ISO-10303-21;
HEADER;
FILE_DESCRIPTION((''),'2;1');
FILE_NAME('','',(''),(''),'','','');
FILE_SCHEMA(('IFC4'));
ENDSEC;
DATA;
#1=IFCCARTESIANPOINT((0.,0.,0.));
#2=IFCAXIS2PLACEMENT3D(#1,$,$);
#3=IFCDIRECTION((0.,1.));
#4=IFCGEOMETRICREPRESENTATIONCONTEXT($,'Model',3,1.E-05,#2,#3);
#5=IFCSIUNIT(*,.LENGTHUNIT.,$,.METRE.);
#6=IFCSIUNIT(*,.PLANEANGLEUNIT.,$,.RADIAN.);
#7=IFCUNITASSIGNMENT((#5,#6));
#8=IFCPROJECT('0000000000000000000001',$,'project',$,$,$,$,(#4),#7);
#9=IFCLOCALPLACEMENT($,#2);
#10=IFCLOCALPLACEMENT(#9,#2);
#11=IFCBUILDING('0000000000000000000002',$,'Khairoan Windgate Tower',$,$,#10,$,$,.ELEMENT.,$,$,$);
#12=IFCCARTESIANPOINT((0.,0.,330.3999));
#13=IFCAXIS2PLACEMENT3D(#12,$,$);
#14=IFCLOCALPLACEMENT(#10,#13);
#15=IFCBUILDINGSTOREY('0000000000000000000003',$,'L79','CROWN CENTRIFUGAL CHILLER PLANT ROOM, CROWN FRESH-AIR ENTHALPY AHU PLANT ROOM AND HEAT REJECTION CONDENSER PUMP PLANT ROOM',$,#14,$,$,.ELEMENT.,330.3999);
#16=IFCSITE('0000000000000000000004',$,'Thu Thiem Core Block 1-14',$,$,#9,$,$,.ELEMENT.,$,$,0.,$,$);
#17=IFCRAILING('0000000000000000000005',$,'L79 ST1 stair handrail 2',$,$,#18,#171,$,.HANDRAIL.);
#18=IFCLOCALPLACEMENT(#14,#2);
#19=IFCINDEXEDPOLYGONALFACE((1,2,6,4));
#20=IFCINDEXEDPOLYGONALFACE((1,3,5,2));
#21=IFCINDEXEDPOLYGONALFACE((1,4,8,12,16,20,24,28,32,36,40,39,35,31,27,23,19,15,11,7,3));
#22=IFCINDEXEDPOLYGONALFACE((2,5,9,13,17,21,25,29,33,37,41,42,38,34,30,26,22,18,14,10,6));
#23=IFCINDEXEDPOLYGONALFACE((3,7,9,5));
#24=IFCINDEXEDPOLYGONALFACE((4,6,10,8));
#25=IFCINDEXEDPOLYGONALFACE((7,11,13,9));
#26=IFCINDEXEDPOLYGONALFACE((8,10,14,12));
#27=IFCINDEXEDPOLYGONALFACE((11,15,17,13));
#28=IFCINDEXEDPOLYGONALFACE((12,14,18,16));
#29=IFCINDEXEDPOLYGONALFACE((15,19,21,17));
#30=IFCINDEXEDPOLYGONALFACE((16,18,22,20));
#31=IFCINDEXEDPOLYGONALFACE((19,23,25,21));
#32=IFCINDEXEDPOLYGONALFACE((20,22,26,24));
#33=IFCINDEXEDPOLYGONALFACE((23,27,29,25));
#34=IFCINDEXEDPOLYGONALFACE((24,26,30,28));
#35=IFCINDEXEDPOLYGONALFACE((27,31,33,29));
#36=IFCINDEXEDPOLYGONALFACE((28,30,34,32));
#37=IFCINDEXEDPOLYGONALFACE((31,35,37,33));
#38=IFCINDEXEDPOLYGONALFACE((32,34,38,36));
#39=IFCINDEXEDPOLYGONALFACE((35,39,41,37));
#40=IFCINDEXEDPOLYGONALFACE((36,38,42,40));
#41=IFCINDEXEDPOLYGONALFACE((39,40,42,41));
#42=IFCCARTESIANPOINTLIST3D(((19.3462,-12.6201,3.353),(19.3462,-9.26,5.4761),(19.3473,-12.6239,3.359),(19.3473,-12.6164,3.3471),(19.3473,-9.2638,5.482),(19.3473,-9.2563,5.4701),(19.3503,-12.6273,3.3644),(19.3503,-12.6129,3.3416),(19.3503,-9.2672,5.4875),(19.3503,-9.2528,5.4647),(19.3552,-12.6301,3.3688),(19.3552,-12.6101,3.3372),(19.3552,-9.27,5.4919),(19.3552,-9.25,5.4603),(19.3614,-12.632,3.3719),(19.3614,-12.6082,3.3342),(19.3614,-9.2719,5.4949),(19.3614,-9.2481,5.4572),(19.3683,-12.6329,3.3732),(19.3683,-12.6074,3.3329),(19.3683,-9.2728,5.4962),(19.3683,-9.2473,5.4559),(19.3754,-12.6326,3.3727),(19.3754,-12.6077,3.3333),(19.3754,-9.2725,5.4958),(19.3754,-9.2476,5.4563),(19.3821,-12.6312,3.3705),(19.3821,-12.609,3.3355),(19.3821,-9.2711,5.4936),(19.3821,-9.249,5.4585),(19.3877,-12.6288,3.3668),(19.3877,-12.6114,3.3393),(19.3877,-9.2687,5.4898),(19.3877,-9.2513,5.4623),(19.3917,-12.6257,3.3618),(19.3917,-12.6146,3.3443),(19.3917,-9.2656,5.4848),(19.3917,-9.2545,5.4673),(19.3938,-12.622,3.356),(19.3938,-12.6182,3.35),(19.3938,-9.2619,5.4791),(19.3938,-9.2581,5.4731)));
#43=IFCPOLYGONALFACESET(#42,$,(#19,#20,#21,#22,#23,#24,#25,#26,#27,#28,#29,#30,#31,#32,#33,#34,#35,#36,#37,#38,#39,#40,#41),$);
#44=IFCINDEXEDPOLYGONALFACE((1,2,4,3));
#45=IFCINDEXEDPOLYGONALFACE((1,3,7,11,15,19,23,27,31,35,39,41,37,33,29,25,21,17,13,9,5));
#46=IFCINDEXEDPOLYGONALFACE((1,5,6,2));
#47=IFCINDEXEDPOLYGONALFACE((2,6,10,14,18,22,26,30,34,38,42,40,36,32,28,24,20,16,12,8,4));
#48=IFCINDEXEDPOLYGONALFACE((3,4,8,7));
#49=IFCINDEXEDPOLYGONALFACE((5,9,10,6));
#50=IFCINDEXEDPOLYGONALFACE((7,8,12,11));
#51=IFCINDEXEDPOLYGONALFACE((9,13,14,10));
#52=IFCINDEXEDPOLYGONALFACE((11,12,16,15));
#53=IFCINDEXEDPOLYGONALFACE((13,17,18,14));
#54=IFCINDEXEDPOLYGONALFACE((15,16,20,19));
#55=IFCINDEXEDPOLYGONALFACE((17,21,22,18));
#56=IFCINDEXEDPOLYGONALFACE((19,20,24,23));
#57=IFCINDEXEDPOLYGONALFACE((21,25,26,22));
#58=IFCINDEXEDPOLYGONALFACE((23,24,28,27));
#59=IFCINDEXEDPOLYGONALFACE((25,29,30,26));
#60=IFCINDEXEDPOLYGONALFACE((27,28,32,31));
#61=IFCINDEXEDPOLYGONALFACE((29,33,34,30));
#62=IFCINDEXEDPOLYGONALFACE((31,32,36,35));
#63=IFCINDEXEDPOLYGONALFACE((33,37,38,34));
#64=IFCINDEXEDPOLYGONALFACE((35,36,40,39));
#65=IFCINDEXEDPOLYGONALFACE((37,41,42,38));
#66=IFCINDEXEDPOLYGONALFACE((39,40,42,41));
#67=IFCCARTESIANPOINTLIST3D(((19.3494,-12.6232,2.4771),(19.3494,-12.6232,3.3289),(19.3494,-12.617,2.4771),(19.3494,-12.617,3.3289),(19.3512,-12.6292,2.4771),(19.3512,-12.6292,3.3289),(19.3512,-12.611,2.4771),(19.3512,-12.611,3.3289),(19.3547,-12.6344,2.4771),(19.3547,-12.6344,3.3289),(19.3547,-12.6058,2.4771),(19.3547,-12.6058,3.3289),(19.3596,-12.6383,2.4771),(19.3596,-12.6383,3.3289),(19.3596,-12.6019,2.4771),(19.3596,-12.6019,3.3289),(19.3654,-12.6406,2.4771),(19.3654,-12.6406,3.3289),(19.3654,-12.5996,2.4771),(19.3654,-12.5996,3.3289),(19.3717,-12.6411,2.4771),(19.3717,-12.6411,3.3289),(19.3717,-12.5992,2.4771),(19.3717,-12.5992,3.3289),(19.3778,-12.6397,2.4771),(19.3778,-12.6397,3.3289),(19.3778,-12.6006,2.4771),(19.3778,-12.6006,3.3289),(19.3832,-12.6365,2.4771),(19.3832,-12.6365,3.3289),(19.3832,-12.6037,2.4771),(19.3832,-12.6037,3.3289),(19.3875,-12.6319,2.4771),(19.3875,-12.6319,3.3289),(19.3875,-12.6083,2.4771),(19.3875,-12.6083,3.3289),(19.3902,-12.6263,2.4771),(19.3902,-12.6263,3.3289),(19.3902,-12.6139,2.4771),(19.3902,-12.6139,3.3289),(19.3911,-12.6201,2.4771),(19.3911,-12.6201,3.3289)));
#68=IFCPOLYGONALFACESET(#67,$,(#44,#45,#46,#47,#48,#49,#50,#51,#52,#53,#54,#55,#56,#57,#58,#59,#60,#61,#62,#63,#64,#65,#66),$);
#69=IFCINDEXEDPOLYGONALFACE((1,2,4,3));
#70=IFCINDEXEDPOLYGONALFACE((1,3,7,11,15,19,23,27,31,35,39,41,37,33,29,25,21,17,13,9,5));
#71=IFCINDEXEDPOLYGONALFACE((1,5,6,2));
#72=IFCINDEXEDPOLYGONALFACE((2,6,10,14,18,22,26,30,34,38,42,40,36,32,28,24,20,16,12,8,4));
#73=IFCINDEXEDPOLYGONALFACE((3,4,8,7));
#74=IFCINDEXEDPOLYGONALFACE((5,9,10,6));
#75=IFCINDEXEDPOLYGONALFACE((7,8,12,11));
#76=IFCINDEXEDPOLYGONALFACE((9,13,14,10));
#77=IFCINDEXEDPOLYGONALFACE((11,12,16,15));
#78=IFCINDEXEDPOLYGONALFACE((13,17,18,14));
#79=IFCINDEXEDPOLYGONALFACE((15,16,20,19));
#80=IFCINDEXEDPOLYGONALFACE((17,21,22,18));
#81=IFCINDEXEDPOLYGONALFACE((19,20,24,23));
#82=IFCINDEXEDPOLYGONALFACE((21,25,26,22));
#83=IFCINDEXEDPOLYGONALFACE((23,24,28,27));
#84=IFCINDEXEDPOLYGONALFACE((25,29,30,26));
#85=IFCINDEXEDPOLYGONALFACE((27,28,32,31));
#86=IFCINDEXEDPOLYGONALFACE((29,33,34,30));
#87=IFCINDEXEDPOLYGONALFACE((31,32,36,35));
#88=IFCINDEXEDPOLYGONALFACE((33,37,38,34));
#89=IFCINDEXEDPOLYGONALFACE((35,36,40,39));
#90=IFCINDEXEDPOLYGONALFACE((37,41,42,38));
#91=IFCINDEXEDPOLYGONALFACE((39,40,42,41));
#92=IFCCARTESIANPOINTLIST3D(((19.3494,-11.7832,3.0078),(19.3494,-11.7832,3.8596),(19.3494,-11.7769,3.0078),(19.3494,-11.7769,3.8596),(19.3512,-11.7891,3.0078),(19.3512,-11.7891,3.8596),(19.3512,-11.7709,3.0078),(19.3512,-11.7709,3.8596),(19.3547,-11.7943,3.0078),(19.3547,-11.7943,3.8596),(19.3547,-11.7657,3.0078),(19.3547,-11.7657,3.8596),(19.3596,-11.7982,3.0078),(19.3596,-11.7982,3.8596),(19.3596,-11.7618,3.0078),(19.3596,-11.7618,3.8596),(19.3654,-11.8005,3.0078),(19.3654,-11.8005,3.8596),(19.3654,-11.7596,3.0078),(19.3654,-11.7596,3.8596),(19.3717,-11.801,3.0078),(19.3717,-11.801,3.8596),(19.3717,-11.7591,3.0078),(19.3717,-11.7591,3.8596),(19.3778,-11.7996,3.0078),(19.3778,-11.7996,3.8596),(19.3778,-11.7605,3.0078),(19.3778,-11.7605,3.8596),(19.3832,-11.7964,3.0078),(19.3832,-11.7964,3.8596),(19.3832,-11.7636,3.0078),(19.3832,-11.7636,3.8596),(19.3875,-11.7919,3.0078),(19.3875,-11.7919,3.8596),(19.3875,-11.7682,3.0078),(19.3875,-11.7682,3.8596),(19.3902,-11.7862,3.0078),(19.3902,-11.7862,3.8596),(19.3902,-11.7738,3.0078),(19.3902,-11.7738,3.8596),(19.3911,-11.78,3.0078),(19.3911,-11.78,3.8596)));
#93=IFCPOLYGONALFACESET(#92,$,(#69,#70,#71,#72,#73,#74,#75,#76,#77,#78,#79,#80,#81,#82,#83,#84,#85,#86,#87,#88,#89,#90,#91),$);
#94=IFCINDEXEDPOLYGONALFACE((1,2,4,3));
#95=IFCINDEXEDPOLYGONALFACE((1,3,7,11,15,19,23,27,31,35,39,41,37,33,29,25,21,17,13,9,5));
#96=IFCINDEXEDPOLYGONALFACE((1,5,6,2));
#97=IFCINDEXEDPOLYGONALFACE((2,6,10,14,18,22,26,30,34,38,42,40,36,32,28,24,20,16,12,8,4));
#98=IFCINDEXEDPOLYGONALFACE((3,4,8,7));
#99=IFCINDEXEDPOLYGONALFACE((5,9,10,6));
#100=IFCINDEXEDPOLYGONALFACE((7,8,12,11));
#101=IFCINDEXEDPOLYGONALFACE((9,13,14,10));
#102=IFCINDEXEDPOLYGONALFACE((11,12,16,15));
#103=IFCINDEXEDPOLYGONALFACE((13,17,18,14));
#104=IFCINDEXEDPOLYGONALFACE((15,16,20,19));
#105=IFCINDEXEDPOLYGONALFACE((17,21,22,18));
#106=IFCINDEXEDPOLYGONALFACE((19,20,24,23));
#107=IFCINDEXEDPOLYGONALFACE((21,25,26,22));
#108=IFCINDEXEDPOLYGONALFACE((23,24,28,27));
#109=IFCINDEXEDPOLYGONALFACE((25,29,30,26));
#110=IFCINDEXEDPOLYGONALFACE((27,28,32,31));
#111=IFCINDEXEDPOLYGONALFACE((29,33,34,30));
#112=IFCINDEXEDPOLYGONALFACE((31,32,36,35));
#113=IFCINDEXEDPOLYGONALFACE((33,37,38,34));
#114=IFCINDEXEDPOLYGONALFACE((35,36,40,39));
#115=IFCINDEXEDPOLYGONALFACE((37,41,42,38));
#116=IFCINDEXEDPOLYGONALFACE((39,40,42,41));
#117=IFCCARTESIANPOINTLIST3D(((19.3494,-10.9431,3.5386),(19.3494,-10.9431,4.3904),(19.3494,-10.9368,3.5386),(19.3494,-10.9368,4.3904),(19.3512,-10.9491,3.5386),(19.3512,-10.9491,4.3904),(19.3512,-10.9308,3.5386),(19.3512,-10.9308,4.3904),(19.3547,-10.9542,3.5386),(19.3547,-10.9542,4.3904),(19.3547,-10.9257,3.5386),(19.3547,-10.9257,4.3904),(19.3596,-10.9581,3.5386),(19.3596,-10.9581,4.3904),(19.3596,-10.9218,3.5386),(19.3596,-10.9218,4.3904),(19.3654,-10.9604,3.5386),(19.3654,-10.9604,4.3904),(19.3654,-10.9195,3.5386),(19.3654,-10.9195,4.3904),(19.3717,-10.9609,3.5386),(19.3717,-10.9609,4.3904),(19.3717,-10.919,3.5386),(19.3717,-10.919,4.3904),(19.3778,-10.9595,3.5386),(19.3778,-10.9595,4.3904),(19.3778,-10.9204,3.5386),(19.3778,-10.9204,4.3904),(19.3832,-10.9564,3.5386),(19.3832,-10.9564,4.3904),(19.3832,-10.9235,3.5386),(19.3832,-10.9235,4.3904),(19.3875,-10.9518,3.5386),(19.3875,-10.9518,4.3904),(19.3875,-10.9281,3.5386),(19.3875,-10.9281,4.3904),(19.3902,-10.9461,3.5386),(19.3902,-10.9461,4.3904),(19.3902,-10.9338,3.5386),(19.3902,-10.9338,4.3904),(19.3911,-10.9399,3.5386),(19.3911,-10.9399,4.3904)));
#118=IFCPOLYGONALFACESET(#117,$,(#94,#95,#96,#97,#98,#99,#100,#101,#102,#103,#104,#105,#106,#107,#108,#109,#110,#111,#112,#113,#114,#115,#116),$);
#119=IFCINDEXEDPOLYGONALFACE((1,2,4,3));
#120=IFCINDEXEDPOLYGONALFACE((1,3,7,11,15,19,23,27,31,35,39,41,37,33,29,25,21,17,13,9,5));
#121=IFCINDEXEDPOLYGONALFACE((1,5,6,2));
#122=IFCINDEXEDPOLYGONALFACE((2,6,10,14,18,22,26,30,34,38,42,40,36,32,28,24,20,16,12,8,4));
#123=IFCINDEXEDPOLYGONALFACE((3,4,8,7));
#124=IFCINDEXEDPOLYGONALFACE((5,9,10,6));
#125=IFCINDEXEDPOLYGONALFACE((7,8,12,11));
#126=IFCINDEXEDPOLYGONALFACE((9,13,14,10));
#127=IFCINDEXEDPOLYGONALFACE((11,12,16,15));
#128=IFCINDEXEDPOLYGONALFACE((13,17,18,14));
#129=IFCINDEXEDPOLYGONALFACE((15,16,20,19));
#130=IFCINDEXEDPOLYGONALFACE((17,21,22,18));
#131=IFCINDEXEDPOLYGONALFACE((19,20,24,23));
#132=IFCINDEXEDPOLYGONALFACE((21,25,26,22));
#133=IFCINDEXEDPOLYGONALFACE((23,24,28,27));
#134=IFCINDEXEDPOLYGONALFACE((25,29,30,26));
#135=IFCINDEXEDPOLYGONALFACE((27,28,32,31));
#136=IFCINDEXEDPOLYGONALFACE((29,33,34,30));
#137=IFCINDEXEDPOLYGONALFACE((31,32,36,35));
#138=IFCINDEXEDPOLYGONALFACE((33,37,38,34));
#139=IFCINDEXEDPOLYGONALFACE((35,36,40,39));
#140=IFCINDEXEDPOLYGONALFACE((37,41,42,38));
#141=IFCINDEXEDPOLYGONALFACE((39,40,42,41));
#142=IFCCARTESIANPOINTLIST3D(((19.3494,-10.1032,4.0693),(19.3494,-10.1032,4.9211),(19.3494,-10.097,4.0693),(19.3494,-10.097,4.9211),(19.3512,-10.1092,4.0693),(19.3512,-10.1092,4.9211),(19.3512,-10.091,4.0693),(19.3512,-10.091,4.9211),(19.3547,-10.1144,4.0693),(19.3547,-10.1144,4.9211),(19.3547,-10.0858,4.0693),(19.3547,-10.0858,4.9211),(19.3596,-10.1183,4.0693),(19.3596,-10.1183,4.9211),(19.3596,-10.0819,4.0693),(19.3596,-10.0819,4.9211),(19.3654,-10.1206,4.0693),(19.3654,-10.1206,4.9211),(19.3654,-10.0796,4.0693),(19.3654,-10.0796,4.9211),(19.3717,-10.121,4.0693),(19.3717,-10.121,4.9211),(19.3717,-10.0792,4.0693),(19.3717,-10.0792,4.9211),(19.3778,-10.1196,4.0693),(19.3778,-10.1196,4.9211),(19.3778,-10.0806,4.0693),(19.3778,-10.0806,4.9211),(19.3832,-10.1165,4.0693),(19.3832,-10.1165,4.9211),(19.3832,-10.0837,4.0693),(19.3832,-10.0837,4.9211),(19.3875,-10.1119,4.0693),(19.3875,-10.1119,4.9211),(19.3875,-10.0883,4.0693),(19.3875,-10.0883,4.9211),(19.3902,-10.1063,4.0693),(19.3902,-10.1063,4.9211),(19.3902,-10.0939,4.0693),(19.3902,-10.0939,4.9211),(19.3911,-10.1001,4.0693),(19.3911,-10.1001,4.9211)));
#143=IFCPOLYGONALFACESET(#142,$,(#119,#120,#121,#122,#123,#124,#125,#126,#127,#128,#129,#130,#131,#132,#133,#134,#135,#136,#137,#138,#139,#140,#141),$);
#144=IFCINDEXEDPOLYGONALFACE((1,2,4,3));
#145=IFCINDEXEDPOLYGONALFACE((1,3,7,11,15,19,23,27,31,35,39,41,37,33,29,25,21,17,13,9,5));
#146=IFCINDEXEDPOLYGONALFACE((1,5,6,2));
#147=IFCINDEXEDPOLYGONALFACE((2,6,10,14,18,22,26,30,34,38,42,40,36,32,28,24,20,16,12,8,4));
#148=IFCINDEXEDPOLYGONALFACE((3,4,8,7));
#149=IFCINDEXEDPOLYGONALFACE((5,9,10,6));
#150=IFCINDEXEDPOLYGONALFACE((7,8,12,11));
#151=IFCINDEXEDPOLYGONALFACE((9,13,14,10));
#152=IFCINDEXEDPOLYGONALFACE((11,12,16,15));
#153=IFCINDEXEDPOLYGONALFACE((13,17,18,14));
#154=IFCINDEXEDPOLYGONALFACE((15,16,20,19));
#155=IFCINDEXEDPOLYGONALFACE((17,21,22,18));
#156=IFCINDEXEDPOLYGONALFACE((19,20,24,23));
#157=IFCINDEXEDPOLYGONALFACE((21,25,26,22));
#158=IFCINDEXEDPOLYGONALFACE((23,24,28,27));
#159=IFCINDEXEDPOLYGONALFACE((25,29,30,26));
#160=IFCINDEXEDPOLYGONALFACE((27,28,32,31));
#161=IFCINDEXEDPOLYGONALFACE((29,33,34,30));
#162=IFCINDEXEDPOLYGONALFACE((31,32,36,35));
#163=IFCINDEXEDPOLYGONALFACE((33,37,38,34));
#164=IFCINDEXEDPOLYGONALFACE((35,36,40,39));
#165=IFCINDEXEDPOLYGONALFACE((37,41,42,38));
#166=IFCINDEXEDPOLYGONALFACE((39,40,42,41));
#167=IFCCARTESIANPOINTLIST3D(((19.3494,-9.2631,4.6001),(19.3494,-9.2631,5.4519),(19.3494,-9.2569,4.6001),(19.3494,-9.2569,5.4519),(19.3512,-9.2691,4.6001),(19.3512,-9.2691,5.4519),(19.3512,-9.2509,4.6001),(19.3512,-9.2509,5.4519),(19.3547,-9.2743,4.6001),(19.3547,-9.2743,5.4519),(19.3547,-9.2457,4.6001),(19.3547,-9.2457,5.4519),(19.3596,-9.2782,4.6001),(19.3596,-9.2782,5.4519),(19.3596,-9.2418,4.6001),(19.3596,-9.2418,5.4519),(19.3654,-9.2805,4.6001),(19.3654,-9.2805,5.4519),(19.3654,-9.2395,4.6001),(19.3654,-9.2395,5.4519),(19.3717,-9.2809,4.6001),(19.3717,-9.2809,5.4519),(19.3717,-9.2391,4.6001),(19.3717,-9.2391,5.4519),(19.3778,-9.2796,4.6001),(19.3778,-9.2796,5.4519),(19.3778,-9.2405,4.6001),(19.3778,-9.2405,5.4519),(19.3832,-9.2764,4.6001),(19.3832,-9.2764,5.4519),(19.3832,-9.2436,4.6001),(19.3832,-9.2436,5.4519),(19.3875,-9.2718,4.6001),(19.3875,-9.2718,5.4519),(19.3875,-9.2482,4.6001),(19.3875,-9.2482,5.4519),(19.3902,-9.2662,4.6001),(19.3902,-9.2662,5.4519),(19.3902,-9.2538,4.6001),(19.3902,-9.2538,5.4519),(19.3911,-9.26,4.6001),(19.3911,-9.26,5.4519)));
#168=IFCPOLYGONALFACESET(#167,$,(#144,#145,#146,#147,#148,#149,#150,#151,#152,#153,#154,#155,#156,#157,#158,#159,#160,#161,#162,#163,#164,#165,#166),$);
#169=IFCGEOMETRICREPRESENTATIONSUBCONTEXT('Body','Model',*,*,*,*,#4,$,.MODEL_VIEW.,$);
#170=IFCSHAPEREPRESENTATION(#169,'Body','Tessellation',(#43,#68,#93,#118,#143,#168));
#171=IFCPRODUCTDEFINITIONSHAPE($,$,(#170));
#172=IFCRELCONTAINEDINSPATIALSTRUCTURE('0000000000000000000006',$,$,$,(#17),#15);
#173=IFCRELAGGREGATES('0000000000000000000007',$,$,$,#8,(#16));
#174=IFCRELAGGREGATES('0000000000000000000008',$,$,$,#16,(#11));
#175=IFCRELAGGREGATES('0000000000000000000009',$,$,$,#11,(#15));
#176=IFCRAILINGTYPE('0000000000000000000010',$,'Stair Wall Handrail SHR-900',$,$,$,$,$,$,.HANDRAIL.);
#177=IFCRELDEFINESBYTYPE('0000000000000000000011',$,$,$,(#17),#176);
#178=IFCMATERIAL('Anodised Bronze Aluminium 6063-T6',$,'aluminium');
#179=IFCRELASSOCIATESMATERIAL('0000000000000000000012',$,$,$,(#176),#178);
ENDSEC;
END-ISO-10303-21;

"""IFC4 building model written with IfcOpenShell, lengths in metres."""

from ifc_helpers import new_model, si_unit, direction, frame, origin, origin_2d, place, context, subcontext, project, spatial, circle, extrude, material, type_object, element, save


model = new_model("IFC4")

# Units and contexts
model_context = context("Model", 3, precision=1e-05, world=origin(), true_north=direction((0.0, 1.0)))
body_context = subcontext(model_context, "Body", "Model", "MODEL_VIEW")
ifc_project = project(units=[si_unit("LENGTHUNIT", "METRE"), si_unit("PLANEANGLEUNIT", "RADIAN")], contexts=[model_context])

# Site, building, storey
site_placement = place(None, origin())
site = spatial("IfcSite", under=ifc_project, at=site_placement, Name="Thu Thiem Core Block 1-14", CompositionType="ELEMENT", RefElevation=0.0)
building_placement = place(site_placement, origin())
building = spatial("IfcBuilding", under=site, at=building_placement, Name="Khairoan Windgate Tower", CompositionType="ELEMENT")
storey_placement = place(building_placement, frame((0.0, 0.0, 330.3999)))
storey = spatial("IfcBuildingStorey", under=building, at=storey_placement, Name="L79", Description="CROWN CENTRIFUGAL CHILLER PLANT ROOM, CROWN FRESH-AIR ENTHALPY AHU PLANT ROOM AND HEAT REJECTION CONDENSER PUMP PLANT ROOM", CompositionType="ELEMENT", Elevation=330.3999)

# Railing
ifc_material_1 = material(Name="Anodised Bronze Aluminium 6063-T6", Category="aluminium")
railing_type_1 = type_object("IfcRailingType", Name="Stair Wall Handrail SHR-900", PredefinedType="HANDRAIL", material=ifc_material_1)
railing_1_placement = place(storey_placement, frame((19.3701, -12.6201, 2.4771)))
element("IfcRailing", 1, at=railing_1_placement, inside=storey, type_object=railing_type_1, Name="L79 ST1 stair handrail 2", PredefinedType="HANDRAIL", context=body_context, shape_type="SweptSolid", body=[
    extrude(circle(Radius=0.0239, at=origin_2d()), frame((0.0, 0.0, 0.876), z_axis=(0.0, 0.84539, 0.53415), x_axis=(-1.0, 0.0, 0.0)), (0.0, 0.0, 1.0), 3.9746),
    extrude(circle(Radius=0.021, at=origin_2d()), origin(), (0.0, 0.0, 1.0), 0.8518),
    extrude(circle(Radius=0.021, at=origin_2d()), frame((0.0, 0.8401, 0.5308)), (0.0, 0.0, 1.0), 0.8518),
    extrude(circle(Radius=0.021, at=origin_2d()), frame((0.0, 1.6802, 1.0615)), (0.0, 0.0, 1.0), 0.8518),
    extrude(circle(Radius=0.021, at=origin_2d()), frame((0.0, 2.52, 1.5923)), (0.0, 0.0, 1.0), 0.8518),
    extrude(circle(Radius=0.021, at=origin_2d()), frame((0.0, 3.3601, 2.123)), (0.0, 0.0, 1.0), 0.8518),
])

save(model, "model.ifc")
